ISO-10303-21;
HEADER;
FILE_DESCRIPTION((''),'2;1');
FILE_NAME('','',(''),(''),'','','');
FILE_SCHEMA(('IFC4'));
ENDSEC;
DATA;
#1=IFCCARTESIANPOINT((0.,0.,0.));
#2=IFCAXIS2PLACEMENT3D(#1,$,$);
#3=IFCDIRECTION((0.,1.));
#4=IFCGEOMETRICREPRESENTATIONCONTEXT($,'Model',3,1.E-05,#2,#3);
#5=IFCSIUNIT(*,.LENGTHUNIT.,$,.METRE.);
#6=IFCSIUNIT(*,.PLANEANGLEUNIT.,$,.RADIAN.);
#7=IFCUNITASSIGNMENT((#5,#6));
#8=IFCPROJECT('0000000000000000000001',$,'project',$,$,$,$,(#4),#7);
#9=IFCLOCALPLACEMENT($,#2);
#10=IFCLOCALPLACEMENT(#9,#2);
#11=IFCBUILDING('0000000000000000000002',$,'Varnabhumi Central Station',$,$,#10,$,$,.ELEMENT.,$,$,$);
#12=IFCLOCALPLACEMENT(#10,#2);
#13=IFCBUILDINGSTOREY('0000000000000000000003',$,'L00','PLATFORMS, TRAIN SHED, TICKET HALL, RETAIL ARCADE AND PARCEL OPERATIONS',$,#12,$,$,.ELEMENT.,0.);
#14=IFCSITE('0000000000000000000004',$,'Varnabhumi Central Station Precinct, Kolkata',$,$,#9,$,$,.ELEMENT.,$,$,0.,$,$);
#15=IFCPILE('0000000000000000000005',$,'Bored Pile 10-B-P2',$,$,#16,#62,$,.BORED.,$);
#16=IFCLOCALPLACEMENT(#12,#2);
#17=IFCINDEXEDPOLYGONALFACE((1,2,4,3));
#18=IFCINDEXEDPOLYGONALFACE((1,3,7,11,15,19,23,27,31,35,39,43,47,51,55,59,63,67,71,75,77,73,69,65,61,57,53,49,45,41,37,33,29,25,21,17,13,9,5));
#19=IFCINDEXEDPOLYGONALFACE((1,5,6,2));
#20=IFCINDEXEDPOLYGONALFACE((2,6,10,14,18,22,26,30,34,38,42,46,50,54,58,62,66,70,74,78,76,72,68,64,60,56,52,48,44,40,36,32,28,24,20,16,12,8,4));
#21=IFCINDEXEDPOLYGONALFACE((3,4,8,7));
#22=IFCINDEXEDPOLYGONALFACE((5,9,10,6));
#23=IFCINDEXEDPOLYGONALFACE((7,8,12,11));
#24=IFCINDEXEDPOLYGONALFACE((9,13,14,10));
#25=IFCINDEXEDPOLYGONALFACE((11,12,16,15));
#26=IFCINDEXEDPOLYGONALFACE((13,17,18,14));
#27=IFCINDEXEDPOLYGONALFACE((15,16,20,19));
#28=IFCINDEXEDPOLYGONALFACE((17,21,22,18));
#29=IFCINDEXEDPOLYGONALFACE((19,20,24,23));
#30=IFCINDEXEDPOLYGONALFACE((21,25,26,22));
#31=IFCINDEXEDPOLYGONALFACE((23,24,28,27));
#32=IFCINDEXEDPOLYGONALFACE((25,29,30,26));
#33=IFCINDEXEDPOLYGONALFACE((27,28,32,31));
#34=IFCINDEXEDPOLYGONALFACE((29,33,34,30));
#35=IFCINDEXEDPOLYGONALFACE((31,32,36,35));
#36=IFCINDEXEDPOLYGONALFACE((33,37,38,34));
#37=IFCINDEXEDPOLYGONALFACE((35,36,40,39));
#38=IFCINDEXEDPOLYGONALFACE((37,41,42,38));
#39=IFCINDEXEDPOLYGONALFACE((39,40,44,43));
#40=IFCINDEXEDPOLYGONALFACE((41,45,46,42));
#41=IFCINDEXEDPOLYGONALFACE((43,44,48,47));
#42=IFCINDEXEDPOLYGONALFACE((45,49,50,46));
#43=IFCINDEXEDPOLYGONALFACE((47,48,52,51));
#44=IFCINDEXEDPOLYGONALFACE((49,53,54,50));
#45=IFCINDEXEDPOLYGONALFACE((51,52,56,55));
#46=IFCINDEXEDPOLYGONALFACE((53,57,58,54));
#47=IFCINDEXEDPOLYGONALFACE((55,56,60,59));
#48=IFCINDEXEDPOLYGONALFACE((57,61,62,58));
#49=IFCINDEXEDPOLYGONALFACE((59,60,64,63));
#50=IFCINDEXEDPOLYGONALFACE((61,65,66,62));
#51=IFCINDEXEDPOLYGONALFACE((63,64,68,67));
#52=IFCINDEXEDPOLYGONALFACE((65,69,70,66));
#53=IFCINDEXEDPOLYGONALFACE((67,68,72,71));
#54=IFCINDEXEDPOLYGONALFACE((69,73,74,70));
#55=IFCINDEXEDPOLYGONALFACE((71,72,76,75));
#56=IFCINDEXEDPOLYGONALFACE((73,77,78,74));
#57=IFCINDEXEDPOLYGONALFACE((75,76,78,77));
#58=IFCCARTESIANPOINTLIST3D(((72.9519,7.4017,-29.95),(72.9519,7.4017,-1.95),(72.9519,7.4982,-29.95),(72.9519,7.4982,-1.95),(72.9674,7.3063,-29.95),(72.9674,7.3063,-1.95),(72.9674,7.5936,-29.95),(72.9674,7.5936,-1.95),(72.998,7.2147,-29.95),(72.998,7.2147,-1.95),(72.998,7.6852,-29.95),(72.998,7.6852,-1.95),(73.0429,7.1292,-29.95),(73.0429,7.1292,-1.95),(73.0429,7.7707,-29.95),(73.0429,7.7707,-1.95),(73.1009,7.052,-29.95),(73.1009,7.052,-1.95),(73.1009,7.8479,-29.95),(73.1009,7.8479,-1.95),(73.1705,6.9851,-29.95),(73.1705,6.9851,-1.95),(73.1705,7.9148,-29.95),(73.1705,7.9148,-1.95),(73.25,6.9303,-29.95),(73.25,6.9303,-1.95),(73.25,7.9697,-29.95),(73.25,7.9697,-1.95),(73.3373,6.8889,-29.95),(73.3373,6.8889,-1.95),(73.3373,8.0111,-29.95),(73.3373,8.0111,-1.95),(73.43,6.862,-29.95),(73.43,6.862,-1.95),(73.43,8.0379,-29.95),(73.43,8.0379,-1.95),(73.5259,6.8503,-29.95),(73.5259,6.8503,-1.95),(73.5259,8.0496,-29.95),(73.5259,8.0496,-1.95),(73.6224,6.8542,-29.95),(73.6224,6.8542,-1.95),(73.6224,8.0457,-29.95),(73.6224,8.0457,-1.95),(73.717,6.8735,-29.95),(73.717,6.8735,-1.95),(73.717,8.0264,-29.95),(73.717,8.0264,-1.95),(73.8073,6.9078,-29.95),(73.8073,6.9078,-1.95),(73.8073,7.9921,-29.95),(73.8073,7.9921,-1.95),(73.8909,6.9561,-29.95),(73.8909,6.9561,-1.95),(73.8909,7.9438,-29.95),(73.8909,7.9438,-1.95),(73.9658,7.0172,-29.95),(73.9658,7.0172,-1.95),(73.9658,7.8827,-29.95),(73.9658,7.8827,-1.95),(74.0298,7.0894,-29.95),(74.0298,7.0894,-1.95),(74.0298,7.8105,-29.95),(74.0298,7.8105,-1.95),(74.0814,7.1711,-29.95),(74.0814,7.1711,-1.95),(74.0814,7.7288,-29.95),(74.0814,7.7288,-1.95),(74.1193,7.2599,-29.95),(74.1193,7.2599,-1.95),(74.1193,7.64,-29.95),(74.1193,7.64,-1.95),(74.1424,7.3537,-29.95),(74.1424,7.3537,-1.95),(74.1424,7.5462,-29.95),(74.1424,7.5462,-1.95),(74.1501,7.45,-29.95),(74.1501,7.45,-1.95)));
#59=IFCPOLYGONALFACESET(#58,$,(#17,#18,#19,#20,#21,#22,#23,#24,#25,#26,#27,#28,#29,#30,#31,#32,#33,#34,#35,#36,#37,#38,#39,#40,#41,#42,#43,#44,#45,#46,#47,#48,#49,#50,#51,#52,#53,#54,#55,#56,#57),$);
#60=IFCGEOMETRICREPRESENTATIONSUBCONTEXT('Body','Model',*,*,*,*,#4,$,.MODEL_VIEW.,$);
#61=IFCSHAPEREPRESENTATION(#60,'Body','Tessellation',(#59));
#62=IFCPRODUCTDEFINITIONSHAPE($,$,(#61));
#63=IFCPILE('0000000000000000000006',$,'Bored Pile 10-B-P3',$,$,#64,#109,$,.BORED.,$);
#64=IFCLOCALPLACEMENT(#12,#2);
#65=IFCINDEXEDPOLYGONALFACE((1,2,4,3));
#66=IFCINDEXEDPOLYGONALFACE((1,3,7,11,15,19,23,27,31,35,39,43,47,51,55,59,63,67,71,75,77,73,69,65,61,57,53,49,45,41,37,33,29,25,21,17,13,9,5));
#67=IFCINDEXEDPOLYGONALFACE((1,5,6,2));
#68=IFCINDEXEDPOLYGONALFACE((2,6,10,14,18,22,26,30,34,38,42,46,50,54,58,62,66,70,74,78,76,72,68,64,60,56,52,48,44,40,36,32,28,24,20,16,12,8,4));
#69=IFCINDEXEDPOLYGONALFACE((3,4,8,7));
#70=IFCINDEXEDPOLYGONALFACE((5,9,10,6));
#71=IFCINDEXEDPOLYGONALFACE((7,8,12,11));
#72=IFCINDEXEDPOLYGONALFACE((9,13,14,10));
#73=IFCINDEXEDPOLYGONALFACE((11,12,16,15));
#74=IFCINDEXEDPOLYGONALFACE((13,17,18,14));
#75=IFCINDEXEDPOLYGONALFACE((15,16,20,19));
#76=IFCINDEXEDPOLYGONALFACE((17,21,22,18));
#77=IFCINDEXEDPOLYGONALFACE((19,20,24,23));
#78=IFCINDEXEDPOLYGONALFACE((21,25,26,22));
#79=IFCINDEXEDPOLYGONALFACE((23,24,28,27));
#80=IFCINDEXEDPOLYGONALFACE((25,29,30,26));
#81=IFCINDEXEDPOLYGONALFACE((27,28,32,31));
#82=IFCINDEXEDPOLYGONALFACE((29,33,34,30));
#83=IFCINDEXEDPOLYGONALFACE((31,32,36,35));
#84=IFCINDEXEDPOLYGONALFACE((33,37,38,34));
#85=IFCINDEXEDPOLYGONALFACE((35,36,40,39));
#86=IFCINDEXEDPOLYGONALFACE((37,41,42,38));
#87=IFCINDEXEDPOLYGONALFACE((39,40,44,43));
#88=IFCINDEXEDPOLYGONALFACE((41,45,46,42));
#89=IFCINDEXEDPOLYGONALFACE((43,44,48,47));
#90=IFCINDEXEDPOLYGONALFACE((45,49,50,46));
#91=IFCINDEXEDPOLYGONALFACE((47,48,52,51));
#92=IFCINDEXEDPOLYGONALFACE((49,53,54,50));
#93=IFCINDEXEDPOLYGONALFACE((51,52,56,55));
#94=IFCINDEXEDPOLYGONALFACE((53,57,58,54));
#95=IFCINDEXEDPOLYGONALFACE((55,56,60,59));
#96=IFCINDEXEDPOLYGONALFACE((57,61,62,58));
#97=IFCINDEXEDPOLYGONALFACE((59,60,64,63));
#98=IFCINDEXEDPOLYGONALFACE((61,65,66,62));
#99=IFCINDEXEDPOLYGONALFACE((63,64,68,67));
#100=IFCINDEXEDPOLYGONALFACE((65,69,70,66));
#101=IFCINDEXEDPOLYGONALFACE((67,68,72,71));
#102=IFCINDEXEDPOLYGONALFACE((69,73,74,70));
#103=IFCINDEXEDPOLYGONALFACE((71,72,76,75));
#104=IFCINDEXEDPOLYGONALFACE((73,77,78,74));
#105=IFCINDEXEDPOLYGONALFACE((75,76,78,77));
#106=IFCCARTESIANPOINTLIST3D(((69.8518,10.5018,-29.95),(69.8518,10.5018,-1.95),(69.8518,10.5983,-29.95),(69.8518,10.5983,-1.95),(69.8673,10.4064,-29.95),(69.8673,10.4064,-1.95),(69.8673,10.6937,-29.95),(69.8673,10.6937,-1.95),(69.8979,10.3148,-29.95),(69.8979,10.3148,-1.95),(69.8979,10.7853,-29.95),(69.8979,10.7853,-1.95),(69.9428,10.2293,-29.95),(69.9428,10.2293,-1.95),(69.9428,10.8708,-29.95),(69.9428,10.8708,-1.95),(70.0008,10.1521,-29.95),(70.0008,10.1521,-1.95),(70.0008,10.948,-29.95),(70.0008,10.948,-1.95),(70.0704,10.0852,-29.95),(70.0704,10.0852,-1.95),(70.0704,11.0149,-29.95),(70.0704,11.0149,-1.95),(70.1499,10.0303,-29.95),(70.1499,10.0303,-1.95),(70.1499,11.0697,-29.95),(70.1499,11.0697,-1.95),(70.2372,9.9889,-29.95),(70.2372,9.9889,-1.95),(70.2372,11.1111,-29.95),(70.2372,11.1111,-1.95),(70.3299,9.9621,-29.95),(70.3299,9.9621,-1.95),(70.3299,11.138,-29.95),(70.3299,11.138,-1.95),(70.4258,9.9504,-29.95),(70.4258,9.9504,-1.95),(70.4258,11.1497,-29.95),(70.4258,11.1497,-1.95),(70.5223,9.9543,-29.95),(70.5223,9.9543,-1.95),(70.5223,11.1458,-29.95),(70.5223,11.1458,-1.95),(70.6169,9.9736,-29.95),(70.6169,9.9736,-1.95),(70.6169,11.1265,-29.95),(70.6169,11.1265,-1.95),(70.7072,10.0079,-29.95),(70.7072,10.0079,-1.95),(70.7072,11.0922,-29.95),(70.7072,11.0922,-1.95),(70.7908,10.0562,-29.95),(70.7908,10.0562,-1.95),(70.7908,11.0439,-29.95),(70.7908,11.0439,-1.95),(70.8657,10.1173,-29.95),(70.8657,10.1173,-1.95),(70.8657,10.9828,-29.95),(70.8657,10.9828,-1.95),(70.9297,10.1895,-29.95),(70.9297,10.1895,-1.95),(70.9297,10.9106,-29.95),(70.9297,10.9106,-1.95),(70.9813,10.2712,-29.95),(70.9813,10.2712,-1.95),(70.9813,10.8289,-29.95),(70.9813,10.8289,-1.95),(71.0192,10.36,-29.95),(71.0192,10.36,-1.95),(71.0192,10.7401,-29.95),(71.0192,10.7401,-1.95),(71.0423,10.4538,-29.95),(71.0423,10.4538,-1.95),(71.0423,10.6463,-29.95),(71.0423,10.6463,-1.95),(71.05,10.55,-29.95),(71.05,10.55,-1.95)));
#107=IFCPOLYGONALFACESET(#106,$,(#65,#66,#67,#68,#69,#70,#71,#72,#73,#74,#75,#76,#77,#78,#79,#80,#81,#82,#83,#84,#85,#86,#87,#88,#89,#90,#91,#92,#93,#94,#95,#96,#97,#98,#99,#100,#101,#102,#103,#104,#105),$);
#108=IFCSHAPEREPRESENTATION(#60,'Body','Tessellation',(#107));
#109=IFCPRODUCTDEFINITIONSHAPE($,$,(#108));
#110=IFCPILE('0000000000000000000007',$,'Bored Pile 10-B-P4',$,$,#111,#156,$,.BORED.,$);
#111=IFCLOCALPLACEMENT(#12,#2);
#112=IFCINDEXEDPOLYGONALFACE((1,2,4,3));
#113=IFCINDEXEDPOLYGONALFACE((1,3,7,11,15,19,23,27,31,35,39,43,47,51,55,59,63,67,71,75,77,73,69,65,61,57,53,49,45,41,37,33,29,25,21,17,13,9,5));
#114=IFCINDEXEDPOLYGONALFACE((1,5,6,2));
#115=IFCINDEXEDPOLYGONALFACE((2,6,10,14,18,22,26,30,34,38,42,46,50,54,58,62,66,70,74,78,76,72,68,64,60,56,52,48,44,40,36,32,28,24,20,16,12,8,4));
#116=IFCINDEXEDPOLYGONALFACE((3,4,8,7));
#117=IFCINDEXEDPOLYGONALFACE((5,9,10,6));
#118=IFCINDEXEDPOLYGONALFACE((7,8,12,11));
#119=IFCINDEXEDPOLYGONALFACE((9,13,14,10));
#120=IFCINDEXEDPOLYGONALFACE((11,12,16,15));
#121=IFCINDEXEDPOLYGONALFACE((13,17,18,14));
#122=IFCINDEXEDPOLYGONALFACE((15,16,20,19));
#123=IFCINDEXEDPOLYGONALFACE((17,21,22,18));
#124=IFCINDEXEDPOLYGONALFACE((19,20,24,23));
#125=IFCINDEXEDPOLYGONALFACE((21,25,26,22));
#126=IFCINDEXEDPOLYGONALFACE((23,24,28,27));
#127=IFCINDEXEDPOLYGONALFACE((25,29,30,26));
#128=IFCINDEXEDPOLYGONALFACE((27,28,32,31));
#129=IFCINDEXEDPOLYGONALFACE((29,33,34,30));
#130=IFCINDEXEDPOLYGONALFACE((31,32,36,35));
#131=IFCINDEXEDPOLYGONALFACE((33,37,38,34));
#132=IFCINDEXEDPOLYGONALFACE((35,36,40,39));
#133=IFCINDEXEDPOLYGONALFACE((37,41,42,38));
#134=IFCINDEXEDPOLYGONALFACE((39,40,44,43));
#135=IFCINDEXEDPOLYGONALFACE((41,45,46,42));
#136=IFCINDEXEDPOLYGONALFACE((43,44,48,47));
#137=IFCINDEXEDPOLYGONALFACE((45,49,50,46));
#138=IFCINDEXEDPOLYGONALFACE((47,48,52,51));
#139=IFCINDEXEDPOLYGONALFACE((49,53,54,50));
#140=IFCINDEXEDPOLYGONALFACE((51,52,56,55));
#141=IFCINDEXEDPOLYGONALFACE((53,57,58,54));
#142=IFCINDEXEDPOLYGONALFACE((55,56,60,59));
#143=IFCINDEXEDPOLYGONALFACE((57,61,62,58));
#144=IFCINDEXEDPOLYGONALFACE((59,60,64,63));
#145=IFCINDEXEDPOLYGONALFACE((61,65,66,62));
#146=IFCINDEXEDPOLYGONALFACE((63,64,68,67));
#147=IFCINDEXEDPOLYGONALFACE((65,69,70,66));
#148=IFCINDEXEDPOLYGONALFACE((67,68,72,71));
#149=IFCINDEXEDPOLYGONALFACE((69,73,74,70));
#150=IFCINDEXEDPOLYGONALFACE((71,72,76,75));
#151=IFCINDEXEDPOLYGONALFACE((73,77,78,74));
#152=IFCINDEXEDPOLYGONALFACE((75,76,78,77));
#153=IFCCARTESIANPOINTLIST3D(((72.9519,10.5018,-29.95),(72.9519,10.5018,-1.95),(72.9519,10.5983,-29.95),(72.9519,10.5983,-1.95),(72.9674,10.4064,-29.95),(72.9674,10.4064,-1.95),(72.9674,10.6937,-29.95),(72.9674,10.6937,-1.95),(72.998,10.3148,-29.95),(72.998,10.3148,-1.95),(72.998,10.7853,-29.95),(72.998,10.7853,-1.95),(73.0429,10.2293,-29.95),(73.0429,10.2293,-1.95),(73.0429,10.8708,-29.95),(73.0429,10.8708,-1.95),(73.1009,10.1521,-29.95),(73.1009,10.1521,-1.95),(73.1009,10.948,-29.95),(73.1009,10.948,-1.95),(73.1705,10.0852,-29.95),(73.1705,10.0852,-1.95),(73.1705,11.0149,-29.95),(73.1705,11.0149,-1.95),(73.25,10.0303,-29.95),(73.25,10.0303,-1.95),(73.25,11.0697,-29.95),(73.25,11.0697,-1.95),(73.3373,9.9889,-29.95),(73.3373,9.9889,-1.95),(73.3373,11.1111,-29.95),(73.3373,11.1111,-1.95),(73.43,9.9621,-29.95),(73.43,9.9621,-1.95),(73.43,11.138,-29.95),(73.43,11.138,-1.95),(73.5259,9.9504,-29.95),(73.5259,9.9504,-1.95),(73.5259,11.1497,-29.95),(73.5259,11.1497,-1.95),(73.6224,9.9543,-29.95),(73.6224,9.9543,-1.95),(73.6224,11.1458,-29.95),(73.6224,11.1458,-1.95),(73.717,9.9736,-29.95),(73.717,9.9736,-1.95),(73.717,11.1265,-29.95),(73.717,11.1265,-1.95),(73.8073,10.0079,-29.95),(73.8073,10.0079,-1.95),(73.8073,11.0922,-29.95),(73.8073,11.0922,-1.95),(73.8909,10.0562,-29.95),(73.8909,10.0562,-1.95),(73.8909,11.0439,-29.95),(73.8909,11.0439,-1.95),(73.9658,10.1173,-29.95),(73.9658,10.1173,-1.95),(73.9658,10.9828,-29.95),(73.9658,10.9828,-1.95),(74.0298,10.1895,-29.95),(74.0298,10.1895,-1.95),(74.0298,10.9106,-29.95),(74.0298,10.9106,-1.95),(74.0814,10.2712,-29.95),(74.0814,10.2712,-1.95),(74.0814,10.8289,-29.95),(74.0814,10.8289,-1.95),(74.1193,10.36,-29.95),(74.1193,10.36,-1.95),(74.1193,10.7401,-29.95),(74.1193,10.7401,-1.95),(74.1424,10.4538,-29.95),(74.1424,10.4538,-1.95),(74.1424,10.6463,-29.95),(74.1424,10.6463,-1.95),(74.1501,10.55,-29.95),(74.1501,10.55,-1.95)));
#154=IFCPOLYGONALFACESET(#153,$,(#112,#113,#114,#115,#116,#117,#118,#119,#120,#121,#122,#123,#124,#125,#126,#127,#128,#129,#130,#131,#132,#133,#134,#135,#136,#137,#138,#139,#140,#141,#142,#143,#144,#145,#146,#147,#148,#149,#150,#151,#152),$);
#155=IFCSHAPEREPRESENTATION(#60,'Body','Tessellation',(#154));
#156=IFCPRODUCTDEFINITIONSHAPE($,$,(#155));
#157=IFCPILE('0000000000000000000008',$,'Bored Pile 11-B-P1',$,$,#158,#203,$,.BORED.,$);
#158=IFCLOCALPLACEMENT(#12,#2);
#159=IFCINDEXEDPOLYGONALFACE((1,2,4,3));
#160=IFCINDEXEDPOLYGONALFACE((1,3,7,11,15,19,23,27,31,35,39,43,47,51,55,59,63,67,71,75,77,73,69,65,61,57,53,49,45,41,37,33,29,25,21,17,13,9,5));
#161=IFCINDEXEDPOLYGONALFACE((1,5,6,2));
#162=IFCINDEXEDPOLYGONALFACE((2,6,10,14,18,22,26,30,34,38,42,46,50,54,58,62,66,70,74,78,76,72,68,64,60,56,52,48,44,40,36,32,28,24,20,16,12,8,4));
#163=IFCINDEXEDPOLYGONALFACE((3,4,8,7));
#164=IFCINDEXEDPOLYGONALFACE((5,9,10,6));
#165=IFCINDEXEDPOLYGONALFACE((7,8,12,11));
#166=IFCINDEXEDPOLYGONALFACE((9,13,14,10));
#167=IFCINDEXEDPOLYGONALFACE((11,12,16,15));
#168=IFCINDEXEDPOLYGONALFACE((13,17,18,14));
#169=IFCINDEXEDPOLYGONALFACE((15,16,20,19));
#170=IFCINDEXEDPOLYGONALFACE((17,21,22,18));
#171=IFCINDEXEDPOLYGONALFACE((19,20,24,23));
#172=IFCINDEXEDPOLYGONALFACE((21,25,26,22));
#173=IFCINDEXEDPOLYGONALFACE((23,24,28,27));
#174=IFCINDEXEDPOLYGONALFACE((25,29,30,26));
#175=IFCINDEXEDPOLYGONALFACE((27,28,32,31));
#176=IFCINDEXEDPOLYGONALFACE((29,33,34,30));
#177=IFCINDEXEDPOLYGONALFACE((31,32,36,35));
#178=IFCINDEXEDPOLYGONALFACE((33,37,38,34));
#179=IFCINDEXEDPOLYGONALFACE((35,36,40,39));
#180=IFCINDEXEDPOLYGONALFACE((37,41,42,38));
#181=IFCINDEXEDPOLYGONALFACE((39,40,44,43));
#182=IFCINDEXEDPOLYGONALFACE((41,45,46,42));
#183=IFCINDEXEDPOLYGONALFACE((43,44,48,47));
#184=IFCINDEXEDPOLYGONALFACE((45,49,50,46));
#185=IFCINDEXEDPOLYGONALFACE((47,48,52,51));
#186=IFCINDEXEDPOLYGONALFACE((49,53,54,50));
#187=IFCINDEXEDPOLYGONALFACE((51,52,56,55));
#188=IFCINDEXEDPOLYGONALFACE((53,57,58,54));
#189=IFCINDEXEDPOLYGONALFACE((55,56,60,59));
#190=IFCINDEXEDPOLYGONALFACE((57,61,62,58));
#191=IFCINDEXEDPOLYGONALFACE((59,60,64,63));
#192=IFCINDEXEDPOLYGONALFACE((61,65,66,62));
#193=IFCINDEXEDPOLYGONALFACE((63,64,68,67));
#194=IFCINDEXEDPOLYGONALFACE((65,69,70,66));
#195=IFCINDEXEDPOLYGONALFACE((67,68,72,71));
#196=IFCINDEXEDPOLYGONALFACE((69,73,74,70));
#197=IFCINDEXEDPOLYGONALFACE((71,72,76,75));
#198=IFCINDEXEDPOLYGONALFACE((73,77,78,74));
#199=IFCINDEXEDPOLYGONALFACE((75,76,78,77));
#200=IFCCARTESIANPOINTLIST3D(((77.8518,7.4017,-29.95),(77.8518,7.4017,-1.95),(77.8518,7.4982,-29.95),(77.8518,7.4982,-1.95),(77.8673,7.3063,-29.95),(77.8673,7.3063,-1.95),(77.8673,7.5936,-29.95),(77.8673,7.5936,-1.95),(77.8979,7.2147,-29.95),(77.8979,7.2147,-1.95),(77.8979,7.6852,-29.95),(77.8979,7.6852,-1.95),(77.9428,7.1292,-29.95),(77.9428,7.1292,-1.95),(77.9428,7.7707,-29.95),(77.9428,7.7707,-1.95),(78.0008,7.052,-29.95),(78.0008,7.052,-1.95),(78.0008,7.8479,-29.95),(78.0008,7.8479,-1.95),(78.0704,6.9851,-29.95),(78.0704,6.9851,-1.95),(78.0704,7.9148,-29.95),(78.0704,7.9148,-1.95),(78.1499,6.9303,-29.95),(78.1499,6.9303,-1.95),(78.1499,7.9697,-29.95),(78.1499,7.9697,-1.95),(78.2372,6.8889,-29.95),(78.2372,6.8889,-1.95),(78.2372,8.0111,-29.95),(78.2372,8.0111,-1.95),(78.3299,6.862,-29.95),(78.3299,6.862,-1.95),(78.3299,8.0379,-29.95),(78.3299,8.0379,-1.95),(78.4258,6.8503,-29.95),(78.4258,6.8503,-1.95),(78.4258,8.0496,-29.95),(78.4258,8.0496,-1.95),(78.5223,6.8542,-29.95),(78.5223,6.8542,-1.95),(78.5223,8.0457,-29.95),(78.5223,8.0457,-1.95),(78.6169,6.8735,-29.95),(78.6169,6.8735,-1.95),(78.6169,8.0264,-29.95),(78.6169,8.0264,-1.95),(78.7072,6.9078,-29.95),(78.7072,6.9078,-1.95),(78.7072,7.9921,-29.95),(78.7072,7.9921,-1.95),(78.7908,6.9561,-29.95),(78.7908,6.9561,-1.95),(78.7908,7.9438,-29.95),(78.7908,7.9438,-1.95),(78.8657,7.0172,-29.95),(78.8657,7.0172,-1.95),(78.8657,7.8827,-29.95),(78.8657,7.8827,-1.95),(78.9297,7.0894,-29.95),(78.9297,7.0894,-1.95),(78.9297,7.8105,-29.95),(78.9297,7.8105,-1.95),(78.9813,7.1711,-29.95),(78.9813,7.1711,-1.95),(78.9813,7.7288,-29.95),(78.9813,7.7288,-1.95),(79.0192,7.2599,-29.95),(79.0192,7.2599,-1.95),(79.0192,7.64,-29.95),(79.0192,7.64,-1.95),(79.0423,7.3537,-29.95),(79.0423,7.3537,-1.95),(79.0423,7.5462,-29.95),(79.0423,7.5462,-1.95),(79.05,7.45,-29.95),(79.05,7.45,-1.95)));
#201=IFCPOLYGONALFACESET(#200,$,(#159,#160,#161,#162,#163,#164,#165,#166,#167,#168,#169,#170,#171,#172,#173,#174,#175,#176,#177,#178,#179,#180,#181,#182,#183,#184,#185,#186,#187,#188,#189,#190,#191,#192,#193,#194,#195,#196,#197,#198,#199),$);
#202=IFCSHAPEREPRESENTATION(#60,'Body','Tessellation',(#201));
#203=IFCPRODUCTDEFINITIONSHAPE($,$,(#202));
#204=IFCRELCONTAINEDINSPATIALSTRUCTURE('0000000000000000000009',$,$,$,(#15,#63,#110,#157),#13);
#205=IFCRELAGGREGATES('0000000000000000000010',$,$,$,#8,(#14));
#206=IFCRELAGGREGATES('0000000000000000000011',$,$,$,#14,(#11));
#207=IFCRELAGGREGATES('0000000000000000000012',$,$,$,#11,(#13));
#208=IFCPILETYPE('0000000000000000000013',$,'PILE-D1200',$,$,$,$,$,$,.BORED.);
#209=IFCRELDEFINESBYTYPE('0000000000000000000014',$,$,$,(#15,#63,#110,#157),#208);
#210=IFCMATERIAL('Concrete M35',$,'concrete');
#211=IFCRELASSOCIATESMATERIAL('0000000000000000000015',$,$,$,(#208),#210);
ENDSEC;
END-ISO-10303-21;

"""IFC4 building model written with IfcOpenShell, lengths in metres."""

from ifc_helpers import new_model, si_unit, direction, frame, origin, origin_2d, place, context, subcontext, project, spatial, circle, extrude, material, material_profile, profile_set, type_object, element, save


model = new_model("IFC4")

# Units and contexts
model_context = context("Model", 3, precision=1e-05, world=origin(), true_north=direction((0.0, 1.0)))
body_context = subcontext(model_context, "Body", "Model", "MODEL_VIEW")
ifc_project = project(units=[si_unit("LENGTHUNIT", "METRE"), si_unit("PLANEANGLEUNIT", "RADIAN")], contexts=[model_context])

# Site, building, storey
site_placement = place(None, origin())
site = spatial("IfcSite", under=ifc_project, at=site_placement, Name="Varnabhumi Central Station Precinct, Kolkata", CompositionType="ELEMENT", RefElevation=0.0)
building_placement = place(site_placement, origin())
building = spatial("IfcBuilding", under=site, at=building_placement, Name="Varnabhumi Central Station", CompositionType="ELEMENT")
storey_placement = place(building_placement, origin())
storey = spatial("IfcBuildingStorey", under=building, at=storey_placement, Name="L00", Description="PLATFORMS, TRAIN SHED, TICKET HALL, RETAIL ARCADE AND PARCEL OPERATIONS", CompositionType="ELEMENT", Elevation=0.0)

# Piles
ifc_material_1 = material(Name="Concrete M35", Category="concrete")
ifc_material_profile_1 = material_profile(ifc_material_1, circle(Radius=0.6001, at=origin_2d()), Name="Concrete M35", Category="concrete")
ifc_profile_set_1 = profile_set([ifc_material_profile_1], Name="Concrete M35")
pile_type_1 = type_object("IfcPileType", Name="PILE-D1200", PredefinedType="BORED", material=ifc_profile_set_1)
for number, where, z_axis, x_axis, name in (
    (1, (73.55, 7.45, -1.95), (0.0, 0.0, -1.0), (1.0, 0.0, 0.0), "Bored Pile 10-B-P2"),
    (2, (70.45, 10.55, -1.95), (0.0, 0.0, -1.0), (1.0, 0.0, 0.0), "Bored Pile 10-B-P3"),
    (3, (73.55, 10.55, -1.95), (0.0, 0.0, -1.0), (1.0, 0.0, 0.0), "Bored Pile 10-B-P4"),
    (4, (78.45, 7.45, -1.95), (0.0, 0.0, -1.0), (1.0, 0.0, 0.0), "Bored Pile 11-B-P1"),
):
    element("IfcPile", number, at=place(storey_placement, frame(where, z_axis=z_axis, x_axis=x_axis)), inside=storey, type_object=pile_type_1, Name=name, PredefinedType="BORED", context=body_context, shape_type="SweptSolid", body=[
        extrude(circle(Radius=0.6001, at=origin_2d()), origin(), (0.0, 0.0, 1.0), 28.0),
    ])

save(model, "model.ifc")
